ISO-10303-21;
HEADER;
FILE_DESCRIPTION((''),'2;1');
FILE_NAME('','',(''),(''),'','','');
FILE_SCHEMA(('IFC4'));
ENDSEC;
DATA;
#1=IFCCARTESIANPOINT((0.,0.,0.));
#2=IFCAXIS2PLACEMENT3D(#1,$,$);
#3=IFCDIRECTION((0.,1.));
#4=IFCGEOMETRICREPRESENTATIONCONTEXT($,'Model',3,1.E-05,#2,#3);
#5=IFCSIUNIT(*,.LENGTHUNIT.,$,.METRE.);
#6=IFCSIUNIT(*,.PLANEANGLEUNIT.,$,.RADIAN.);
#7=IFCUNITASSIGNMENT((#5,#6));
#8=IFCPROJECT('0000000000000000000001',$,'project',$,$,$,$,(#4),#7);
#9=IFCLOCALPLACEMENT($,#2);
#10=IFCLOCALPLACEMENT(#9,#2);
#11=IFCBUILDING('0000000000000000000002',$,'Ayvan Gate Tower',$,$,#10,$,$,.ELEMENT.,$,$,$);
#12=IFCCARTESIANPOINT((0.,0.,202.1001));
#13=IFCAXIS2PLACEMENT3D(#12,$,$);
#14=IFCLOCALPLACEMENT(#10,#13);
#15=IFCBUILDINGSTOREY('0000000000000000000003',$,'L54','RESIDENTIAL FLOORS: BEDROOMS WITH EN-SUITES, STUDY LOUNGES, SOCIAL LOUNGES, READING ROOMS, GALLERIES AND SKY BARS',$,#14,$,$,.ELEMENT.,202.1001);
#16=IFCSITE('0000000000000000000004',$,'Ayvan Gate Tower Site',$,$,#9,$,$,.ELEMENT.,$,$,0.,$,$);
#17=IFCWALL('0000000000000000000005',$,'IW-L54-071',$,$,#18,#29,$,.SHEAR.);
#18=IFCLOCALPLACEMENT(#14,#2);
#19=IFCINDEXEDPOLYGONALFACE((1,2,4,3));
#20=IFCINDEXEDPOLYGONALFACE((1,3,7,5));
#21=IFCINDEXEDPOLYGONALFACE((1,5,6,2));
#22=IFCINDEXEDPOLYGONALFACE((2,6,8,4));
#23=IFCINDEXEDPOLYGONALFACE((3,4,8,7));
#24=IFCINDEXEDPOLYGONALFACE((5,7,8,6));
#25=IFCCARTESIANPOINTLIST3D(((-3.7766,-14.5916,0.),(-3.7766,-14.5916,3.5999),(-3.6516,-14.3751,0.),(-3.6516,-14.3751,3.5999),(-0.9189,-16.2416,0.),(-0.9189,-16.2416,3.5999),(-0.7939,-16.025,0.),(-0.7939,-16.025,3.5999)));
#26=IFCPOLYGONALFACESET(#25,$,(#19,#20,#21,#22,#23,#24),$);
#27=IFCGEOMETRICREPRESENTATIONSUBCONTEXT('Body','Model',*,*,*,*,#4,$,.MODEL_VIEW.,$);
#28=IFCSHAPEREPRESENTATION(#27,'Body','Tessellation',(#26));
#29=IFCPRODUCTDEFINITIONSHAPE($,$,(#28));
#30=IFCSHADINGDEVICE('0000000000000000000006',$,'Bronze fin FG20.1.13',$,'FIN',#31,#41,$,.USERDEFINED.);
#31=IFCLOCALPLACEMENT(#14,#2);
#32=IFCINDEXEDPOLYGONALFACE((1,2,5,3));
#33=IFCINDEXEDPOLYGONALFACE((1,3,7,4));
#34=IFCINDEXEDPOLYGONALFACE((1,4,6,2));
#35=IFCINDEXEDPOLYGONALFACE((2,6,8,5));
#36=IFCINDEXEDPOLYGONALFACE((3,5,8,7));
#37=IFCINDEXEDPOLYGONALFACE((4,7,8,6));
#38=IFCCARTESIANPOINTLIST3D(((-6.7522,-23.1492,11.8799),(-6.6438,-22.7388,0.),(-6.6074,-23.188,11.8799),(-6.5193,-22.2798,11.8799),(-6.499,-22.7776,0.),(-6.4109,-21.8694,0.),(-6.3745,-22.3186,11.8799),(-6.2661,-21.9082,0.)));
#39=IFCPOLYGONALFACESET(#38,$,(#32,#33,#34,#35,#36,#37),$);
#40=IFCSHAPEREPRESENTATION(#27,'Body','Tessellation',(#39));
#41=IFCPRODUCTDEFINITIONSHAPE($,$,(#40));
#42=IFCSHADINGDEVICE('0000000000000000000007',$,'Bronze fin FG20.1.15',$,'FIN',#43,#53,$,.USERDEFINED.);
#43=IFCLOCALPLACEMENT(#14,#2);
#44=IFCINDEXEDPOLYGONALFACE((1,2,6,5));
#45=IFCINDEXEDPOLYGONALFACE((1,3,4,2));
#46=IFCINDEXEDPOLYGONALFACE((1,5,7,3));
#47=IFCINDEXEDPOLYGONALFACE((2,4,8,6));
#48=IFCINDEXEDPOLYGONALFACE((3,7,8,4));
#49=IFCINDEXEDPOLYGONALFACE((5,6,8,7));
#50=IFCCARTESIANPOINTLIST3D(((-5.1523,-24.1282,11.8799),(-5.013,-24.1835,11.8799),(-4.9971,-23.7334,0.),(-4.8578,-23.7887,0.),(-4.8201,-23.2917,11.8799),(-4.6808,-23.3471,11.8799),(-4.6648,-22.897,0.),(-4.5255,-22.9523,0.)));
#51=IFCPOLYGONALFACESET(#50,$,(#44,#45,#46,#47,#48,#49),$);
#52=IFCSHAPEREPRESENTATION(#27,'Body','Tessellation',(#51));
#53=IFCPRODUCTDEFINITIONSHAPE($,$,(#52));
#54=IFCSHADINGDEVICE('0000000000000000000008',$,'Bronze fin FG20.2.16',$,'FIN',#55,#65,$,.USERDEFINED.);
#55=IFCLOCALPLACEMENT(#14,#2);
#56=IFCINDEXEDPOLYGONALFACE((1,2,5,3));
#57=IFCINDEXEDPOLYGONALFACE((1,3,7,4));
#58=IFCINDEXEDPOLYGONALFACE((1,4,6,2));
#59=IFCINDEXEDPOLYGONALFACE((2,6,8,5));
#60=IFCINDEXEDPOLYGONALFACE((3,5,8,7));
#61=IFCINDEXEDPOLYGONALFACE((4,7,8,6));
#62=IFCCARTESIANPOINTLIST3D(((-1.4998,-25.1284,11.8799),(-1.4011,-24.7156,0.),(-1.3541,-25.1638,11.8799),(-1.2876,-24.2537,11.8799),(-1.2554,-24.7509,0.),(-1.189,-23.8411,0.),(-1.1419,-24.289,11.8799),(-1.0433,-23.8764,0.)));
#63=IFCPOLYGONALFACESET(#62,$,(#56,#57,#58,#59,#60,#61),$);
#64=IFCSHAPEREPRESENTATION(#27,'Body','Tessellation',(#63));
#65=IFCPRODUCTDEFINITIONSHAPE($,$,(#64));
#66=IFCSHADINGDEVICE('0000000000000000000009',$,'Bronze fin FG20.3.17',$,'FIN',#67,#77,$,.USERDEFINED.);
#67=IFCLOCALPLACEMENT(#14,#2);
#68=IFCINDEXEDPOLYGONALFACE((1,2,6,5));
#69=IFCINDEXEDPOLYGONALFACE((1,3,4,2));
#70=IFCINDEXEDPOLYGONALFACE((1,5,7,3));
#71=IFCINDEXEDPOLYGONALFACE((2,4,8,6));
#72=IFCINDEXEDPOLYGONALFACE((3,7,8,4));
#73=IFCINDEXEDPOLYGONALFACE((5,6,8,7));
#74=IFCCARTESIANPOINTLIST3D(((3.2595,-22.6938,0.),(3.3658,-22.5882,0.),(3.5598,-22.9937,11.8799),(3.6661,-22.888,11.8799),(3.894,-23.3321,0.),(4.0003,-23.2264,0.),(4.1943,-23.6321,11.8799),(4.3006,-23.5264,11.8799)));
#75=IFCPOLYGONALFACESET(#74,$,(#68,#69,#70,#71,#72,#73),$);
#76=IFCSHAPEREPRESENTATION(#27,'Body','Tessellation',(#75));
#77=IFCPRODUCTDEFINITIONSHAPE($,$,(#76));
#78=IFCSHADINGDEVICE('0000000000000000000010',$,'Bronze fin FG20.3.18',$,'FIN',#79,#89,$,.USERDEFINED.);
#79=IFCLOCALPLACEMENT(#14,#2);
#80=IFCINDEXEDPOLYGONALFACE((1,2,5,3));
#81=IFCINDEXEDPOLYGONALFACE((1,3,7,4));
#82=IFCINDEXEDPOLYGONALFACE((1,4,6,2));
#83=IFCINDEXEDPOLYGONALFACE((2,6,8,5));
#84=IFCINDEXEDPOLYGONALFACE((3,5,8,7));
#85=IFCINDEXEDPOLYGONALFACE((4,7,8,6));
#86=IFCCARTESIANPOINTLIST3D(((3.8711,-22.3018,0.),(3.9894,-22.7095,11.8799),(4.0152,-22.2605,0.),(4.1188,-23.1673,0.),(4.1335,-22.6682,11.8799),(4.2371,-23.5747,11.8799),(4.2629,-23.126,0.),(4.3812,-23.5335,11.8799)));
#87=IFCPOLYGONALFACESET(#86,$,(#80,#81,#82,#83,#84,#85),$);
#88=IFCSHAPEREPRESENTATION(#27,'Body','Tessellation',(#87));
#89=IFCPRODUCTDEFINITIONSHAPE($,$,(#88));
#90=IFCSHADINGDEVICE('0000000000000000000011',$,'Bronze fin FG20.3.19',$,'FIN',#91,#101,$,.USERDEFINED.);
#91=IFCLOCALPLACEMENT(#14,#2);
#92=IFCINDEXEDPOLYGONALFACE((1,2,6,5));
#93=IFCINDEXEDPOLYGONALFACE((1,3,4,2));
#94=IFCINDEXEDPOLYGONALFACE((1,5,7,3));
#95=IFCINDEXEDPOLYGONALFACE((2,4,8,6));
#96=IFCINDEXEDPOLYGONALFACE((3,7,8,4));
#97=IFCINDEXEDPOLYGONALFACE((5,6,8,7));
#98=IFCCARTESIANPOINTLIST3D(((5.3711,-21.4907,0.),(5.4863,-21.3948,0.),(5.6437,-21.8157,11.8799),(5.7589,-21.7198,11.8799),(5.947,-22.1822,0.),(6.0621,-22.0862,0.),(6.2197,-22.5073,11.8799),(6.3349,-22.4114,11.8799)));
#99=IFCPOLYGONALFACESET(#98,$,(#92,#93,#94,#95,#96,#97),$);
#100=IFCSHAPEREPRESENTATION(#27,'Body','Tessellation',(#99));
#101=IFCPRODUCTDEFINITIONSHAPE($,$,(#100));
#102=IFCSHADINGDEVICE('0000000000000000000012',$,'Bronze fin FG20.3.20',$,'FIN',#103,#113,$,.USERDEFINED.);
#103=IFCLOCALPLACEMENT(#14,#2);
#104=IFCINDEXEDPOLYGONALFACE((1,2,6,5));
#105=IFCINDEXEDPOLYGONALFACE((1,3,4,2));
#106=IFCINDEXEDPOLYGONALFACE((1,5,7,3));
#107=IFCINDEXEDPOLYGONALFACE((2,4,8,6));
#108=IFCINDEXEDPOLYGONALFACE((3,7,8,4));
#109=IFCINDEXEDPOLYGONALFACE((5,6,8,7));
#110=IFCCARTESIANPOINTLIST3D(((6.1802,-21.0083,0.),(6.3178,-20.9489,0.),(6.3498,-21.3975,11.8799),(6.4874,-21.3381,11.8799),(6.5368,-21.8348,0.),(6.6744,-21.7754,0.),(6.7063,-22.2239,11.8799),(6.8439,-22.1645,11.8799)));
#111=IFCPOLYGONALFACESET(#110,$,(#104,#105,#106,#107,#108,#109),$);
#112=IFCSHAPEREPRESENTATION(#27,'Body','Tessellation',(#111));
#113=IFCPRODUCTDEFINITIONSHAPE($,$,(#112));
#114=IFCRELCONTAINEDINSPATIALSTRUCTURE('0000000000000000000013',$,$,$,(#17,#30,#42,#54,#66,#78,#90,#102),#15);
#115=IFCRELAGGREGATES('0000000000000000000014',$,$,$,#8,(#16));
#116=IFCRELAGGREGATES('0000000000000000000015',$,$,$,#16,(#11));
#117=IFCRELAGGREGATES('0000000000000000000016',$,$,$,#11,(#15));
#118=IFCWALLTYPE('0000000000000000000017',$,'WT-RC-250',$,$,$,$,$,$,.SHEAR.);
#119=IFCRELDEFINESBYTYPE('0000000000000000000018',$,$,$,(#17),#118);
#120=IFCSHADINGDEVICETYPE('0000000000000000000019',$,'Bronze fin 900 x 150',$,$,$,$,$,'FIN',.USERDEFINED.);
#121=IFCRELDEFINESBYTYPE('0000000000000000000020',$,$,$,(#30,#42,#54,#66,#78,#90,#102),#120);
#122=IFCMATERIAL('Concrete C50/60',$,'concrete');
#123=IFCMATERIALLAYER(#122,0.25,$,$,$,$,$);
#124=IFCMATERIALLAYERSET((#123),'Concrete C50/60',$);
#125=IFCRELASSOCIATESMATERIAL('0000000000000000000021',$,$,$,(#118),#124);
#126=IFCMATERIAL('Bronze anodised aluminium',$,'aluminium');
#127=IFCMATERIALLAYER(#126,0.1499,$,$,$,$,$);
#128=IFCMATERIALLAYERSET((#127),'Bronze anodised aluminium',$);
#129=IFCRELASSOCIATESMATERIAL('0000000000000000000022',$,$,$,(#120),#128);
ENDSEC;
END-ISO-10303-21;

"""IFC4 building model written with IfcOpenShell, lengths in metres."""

from ifc_helpers import new_model, si_unit, direction, frame, frame_2d, origin, place, context, subcontext, project, spatial, polyline, rectangle, outline, extrude, material, layer, layer_set, type_object, element, save


model = new_model("IFC4")

# Units and contexts
model_context = context("Model", 3, precision=1e-05, world=origin(), true_north=direction((0.0, 1.0)))
body_context = subcontext(model_context, "Body", "Model", "MODEL_VIEW")
ifc_project = project(units=[si_unit("LENGTHUNIT", "METRE"), si_unit("PLANEANGLEUNIT", "RADIAN")], contexts=[model_context])

# Site, building, storey
site_placement = place(None, origin())
site = spatial("IfcSite", under=ifc_project, at=site_placement, Name="Ayvan Gate Tower Site", CompositionType="ELEMENT", RefElevation=0.0)
building_placement = place(site_placement, origin())
building = spatial("IfcBuilding", under=site, at=building_placement, Name="Ayvan Gate Tower", CompositionType="ELEMENT")
storey_placement = place(building_placement, frame((0.0, 0.0, 202.1001)))
storey = spatial("IfcBuildingStorey", under=building, at=storey_placement, Name="L54", Description="RESIDENTIAL FLOORS: BEDROOMS WITH EN-SUITES, STUDY LOUNGES, SOCIAL LOUNGES, READING ROOMS, GALLERIES AND SKY BARS", CompositionType="ELEMENT", Elevation=202.1001)

# Shared definitions
ifc_material_1 = material(Name="Bronze anodised aluminium", Category="aluminium")

# Wall
ifc_material_2 = material(Name="Concrete C50/60", Category="concrete")
ifc_layer_1 = layer(ifc_material_2, 0.25)
ifc_layer_set_1 = layer_set([ifc_layer_1], Name="Concrete C50/60")
wall_type_1 = type_object("IfcWallType", Name="WT-RC-250", PredefinedType="SHEAR", material=ifc_layer_set_1)
wall_1_placement = place(storey_placement, frame((-0.8564, -16.1333, 0.0), z_axis=(0.0, 0.0, 1.0), x_axis=(-0.866022, 0.500006, 0.0)))
element("IfcWall", 1, at=wall_1_placement, inside=storey, type_object=wall_type_1, Name="IW-L54-071", PredefinedType="SHEAR", context=body_context, shape_type="SweptSolid", body=[
    extrude(rectangle(XDim=3.2998, YDim=0.25, at=frame_2d((1.6499, 0.0))), origin(), (0.0, 0.0, 1.0), 3.5999),
])

# Shading devices
ifc_layer_2 = layer(ifc_material_1, 0.1499)
ifc_layer_set_2 = layer_set([ifc_layer_2], Name="Bronze anodised aluminium")
shading_device_type = type_object("IfcShadingDeviceType", Name="Bronze fin 900 x 150", ElementType="FIN", PredefinedType="USERDEFINED", material=ifc_layer_set_2)
shading_device_1_placement = place(storey_placement, frame((-6.4109, -21.8694, 0.0), z_axis=(-0.965937, 0.258777, 0.000126), x_axis=(-0.258777, -0.965937, 0.0)))
element("IfcShadingDevice", 2, at=shading_device_1_placement, inside=storey, type_object=shading_device_type, Name="Bronze fin FG20.1.13", ObjectType="FIN", PredefinedType="USERDEFINED", context=body_context, shape_type="SweptSolid", body=[
    extrude(outline(polyline([(0.0, 0.0), (0.9, 0.0), (1.3245, 11.8799), (0.4245, 11.8799), (0.0, 0.0)])), origin(), (0.0, 0.0, -1.0), 0.1499),
])
shading_device_2_placement = place(storey_placement, frame((-4.6648, -22.897, 0.0), z_axis=(-0.929353, 0.369191, 0.000122), x_axis=(-0.369191, -0.929353, 0.0)))
element("IfcShadingDevice", 3, at=shading_device_2_placement, inside=storey, type_object=shading_device_type, Name="Bronze fin FG20.1.15", ObjectType="FIN", PredefinedType="USERDEFINED", context=body_context, shape_type="SweptSolid", body=[
    extrude(outline(polyline([(0.0, 0.0), (0.9, 0.0), (1.3242, 11.8799), (0.4242, 11.8799), (0.0, 0.0)])), origin(), (0.0, 0.0, -1.0), 0.1499),
])
shading_device_3_placement = place(storey_placement, frame((-1.189, -23.8411, 0.0), z_axis=(-0.971818, 0.235732, 0.000121), x_axis=(-0.235732, -0.971818, 0.0)))
element("IfcShadingDevice", 4, at=shading_device_3_placement, inside=storey, type_object=shading_device_type, Name="Bronze fin FG20.2.16", ObjectType="FIN", PredefinedType="USERDEFINED", context=body_context, shape_type="SweptSolid", body=[
    extrude(outline(polyline([(0.0, 0.0), (0.8999, 0.0), (1.3243, 11.8799), (0.4242, 11.8799), (0.0, 0.0)])), origin(), (0.0, 0.0, -1.0), 0.1499),
])
shading_device_4_placement = place(storey_placement, frame((3.2595, -22.6938, 0.0), z_axis=(-0.709206, -0.705001, 0.000128), x_axis=(0.705001, -0.709206, 0.0)))
element("IfcShadingDevice", 5, at=shading_device_4_placement, inside=storey, type_object=shading_device_type, Name="Bronze fin FG20.3.17", ObjectType="FIN", PredefinedType="USERDEFINED", context=body_context, shape_type="SweptSolid", body=[
    extrude(outline(polyline([(0.0, 0.0), (0.8999, 0.0), (1.3244, 11.8799), (0.4243, 11.8799), (0.0, 0.0)])), origin(), (0.0, 0.0, -1.0), 0.1499),
])
shading_device_5_placement = place(storey_placement, frame((3.8711, -22.3018, 0.0), z_axis=(-0.961396, -0.275169, 0.000132), x_axis=(0.275169, -0.961396, 0.0)))
element("IfcShadingDevice", 6, at=shading_device_5_placement, inside=storey, type_object=shading_device_type, Name="Bronze fin FG20.3.18", ObjectType="FIN", PredefinedType="USERDEFINED", context=body_context, shape_type="SweptSolid", body=[
    extrude(outline(polyline([(0.0, 0.0), (0.9003, 0.0), (1.3245, 11.8799), (0.4246, 11.8799), (0.0, 0.0)])), origin(), (0.0, 0.0, -1.0), 0.1499),
])
shading_device_6_placement = place(storey_placement, frame((5.3711, -21.4907, 0.0), z_axis=(-0.76841, -0.639958, 0.000128), x_axis=(0.639958, -0.76841, 0.0)))
element("IfcShadingDevice", 7, at=shading_device_6_placement, inside=storey, type_object=shading_device_type, Name="Bronze fin FG20.3.19", ObjectType="FIN", PredefinedType="USERDEFINED", context=body_context, shape_type="SweptSolid", body=[
    extrude(outline(polyline([(0.0, 0.0), (0.8999, 0.0), (1.3243, 11.8799), (0.4242, 11.8799), (0.0, 0.0)])), origin(), (0.0, 0.0, -1.0), 0.1499),
])
shading_device_7_placement = place(storey_placement, frame((6.1802, -21.0083, 0.0), z_axis=(-0.918181, -0.396161, 0.000127), x_axis=(0.396161, -0.918181, 0.0)))
element("IfcShadingDevice", 8, at=shading_device_7_placement, inside=storey, type_object=shading_device_type, Name="Bronze fin FG20.3.20", ObjectType="FIN", PredefinedType="USERDEFINED", context=body_context, shape_type="SweptSolid", body=[
    extrude(outline(polyline([(0.0, 0.0), (0.9001, 0.0), (1.3245, 11.8799), (0.4245, 11.8799), (0.0, 0.0)])), origin(), (0.0, 0.0, -1.0), 0.1499),
])

save(model, "model.ifc")
